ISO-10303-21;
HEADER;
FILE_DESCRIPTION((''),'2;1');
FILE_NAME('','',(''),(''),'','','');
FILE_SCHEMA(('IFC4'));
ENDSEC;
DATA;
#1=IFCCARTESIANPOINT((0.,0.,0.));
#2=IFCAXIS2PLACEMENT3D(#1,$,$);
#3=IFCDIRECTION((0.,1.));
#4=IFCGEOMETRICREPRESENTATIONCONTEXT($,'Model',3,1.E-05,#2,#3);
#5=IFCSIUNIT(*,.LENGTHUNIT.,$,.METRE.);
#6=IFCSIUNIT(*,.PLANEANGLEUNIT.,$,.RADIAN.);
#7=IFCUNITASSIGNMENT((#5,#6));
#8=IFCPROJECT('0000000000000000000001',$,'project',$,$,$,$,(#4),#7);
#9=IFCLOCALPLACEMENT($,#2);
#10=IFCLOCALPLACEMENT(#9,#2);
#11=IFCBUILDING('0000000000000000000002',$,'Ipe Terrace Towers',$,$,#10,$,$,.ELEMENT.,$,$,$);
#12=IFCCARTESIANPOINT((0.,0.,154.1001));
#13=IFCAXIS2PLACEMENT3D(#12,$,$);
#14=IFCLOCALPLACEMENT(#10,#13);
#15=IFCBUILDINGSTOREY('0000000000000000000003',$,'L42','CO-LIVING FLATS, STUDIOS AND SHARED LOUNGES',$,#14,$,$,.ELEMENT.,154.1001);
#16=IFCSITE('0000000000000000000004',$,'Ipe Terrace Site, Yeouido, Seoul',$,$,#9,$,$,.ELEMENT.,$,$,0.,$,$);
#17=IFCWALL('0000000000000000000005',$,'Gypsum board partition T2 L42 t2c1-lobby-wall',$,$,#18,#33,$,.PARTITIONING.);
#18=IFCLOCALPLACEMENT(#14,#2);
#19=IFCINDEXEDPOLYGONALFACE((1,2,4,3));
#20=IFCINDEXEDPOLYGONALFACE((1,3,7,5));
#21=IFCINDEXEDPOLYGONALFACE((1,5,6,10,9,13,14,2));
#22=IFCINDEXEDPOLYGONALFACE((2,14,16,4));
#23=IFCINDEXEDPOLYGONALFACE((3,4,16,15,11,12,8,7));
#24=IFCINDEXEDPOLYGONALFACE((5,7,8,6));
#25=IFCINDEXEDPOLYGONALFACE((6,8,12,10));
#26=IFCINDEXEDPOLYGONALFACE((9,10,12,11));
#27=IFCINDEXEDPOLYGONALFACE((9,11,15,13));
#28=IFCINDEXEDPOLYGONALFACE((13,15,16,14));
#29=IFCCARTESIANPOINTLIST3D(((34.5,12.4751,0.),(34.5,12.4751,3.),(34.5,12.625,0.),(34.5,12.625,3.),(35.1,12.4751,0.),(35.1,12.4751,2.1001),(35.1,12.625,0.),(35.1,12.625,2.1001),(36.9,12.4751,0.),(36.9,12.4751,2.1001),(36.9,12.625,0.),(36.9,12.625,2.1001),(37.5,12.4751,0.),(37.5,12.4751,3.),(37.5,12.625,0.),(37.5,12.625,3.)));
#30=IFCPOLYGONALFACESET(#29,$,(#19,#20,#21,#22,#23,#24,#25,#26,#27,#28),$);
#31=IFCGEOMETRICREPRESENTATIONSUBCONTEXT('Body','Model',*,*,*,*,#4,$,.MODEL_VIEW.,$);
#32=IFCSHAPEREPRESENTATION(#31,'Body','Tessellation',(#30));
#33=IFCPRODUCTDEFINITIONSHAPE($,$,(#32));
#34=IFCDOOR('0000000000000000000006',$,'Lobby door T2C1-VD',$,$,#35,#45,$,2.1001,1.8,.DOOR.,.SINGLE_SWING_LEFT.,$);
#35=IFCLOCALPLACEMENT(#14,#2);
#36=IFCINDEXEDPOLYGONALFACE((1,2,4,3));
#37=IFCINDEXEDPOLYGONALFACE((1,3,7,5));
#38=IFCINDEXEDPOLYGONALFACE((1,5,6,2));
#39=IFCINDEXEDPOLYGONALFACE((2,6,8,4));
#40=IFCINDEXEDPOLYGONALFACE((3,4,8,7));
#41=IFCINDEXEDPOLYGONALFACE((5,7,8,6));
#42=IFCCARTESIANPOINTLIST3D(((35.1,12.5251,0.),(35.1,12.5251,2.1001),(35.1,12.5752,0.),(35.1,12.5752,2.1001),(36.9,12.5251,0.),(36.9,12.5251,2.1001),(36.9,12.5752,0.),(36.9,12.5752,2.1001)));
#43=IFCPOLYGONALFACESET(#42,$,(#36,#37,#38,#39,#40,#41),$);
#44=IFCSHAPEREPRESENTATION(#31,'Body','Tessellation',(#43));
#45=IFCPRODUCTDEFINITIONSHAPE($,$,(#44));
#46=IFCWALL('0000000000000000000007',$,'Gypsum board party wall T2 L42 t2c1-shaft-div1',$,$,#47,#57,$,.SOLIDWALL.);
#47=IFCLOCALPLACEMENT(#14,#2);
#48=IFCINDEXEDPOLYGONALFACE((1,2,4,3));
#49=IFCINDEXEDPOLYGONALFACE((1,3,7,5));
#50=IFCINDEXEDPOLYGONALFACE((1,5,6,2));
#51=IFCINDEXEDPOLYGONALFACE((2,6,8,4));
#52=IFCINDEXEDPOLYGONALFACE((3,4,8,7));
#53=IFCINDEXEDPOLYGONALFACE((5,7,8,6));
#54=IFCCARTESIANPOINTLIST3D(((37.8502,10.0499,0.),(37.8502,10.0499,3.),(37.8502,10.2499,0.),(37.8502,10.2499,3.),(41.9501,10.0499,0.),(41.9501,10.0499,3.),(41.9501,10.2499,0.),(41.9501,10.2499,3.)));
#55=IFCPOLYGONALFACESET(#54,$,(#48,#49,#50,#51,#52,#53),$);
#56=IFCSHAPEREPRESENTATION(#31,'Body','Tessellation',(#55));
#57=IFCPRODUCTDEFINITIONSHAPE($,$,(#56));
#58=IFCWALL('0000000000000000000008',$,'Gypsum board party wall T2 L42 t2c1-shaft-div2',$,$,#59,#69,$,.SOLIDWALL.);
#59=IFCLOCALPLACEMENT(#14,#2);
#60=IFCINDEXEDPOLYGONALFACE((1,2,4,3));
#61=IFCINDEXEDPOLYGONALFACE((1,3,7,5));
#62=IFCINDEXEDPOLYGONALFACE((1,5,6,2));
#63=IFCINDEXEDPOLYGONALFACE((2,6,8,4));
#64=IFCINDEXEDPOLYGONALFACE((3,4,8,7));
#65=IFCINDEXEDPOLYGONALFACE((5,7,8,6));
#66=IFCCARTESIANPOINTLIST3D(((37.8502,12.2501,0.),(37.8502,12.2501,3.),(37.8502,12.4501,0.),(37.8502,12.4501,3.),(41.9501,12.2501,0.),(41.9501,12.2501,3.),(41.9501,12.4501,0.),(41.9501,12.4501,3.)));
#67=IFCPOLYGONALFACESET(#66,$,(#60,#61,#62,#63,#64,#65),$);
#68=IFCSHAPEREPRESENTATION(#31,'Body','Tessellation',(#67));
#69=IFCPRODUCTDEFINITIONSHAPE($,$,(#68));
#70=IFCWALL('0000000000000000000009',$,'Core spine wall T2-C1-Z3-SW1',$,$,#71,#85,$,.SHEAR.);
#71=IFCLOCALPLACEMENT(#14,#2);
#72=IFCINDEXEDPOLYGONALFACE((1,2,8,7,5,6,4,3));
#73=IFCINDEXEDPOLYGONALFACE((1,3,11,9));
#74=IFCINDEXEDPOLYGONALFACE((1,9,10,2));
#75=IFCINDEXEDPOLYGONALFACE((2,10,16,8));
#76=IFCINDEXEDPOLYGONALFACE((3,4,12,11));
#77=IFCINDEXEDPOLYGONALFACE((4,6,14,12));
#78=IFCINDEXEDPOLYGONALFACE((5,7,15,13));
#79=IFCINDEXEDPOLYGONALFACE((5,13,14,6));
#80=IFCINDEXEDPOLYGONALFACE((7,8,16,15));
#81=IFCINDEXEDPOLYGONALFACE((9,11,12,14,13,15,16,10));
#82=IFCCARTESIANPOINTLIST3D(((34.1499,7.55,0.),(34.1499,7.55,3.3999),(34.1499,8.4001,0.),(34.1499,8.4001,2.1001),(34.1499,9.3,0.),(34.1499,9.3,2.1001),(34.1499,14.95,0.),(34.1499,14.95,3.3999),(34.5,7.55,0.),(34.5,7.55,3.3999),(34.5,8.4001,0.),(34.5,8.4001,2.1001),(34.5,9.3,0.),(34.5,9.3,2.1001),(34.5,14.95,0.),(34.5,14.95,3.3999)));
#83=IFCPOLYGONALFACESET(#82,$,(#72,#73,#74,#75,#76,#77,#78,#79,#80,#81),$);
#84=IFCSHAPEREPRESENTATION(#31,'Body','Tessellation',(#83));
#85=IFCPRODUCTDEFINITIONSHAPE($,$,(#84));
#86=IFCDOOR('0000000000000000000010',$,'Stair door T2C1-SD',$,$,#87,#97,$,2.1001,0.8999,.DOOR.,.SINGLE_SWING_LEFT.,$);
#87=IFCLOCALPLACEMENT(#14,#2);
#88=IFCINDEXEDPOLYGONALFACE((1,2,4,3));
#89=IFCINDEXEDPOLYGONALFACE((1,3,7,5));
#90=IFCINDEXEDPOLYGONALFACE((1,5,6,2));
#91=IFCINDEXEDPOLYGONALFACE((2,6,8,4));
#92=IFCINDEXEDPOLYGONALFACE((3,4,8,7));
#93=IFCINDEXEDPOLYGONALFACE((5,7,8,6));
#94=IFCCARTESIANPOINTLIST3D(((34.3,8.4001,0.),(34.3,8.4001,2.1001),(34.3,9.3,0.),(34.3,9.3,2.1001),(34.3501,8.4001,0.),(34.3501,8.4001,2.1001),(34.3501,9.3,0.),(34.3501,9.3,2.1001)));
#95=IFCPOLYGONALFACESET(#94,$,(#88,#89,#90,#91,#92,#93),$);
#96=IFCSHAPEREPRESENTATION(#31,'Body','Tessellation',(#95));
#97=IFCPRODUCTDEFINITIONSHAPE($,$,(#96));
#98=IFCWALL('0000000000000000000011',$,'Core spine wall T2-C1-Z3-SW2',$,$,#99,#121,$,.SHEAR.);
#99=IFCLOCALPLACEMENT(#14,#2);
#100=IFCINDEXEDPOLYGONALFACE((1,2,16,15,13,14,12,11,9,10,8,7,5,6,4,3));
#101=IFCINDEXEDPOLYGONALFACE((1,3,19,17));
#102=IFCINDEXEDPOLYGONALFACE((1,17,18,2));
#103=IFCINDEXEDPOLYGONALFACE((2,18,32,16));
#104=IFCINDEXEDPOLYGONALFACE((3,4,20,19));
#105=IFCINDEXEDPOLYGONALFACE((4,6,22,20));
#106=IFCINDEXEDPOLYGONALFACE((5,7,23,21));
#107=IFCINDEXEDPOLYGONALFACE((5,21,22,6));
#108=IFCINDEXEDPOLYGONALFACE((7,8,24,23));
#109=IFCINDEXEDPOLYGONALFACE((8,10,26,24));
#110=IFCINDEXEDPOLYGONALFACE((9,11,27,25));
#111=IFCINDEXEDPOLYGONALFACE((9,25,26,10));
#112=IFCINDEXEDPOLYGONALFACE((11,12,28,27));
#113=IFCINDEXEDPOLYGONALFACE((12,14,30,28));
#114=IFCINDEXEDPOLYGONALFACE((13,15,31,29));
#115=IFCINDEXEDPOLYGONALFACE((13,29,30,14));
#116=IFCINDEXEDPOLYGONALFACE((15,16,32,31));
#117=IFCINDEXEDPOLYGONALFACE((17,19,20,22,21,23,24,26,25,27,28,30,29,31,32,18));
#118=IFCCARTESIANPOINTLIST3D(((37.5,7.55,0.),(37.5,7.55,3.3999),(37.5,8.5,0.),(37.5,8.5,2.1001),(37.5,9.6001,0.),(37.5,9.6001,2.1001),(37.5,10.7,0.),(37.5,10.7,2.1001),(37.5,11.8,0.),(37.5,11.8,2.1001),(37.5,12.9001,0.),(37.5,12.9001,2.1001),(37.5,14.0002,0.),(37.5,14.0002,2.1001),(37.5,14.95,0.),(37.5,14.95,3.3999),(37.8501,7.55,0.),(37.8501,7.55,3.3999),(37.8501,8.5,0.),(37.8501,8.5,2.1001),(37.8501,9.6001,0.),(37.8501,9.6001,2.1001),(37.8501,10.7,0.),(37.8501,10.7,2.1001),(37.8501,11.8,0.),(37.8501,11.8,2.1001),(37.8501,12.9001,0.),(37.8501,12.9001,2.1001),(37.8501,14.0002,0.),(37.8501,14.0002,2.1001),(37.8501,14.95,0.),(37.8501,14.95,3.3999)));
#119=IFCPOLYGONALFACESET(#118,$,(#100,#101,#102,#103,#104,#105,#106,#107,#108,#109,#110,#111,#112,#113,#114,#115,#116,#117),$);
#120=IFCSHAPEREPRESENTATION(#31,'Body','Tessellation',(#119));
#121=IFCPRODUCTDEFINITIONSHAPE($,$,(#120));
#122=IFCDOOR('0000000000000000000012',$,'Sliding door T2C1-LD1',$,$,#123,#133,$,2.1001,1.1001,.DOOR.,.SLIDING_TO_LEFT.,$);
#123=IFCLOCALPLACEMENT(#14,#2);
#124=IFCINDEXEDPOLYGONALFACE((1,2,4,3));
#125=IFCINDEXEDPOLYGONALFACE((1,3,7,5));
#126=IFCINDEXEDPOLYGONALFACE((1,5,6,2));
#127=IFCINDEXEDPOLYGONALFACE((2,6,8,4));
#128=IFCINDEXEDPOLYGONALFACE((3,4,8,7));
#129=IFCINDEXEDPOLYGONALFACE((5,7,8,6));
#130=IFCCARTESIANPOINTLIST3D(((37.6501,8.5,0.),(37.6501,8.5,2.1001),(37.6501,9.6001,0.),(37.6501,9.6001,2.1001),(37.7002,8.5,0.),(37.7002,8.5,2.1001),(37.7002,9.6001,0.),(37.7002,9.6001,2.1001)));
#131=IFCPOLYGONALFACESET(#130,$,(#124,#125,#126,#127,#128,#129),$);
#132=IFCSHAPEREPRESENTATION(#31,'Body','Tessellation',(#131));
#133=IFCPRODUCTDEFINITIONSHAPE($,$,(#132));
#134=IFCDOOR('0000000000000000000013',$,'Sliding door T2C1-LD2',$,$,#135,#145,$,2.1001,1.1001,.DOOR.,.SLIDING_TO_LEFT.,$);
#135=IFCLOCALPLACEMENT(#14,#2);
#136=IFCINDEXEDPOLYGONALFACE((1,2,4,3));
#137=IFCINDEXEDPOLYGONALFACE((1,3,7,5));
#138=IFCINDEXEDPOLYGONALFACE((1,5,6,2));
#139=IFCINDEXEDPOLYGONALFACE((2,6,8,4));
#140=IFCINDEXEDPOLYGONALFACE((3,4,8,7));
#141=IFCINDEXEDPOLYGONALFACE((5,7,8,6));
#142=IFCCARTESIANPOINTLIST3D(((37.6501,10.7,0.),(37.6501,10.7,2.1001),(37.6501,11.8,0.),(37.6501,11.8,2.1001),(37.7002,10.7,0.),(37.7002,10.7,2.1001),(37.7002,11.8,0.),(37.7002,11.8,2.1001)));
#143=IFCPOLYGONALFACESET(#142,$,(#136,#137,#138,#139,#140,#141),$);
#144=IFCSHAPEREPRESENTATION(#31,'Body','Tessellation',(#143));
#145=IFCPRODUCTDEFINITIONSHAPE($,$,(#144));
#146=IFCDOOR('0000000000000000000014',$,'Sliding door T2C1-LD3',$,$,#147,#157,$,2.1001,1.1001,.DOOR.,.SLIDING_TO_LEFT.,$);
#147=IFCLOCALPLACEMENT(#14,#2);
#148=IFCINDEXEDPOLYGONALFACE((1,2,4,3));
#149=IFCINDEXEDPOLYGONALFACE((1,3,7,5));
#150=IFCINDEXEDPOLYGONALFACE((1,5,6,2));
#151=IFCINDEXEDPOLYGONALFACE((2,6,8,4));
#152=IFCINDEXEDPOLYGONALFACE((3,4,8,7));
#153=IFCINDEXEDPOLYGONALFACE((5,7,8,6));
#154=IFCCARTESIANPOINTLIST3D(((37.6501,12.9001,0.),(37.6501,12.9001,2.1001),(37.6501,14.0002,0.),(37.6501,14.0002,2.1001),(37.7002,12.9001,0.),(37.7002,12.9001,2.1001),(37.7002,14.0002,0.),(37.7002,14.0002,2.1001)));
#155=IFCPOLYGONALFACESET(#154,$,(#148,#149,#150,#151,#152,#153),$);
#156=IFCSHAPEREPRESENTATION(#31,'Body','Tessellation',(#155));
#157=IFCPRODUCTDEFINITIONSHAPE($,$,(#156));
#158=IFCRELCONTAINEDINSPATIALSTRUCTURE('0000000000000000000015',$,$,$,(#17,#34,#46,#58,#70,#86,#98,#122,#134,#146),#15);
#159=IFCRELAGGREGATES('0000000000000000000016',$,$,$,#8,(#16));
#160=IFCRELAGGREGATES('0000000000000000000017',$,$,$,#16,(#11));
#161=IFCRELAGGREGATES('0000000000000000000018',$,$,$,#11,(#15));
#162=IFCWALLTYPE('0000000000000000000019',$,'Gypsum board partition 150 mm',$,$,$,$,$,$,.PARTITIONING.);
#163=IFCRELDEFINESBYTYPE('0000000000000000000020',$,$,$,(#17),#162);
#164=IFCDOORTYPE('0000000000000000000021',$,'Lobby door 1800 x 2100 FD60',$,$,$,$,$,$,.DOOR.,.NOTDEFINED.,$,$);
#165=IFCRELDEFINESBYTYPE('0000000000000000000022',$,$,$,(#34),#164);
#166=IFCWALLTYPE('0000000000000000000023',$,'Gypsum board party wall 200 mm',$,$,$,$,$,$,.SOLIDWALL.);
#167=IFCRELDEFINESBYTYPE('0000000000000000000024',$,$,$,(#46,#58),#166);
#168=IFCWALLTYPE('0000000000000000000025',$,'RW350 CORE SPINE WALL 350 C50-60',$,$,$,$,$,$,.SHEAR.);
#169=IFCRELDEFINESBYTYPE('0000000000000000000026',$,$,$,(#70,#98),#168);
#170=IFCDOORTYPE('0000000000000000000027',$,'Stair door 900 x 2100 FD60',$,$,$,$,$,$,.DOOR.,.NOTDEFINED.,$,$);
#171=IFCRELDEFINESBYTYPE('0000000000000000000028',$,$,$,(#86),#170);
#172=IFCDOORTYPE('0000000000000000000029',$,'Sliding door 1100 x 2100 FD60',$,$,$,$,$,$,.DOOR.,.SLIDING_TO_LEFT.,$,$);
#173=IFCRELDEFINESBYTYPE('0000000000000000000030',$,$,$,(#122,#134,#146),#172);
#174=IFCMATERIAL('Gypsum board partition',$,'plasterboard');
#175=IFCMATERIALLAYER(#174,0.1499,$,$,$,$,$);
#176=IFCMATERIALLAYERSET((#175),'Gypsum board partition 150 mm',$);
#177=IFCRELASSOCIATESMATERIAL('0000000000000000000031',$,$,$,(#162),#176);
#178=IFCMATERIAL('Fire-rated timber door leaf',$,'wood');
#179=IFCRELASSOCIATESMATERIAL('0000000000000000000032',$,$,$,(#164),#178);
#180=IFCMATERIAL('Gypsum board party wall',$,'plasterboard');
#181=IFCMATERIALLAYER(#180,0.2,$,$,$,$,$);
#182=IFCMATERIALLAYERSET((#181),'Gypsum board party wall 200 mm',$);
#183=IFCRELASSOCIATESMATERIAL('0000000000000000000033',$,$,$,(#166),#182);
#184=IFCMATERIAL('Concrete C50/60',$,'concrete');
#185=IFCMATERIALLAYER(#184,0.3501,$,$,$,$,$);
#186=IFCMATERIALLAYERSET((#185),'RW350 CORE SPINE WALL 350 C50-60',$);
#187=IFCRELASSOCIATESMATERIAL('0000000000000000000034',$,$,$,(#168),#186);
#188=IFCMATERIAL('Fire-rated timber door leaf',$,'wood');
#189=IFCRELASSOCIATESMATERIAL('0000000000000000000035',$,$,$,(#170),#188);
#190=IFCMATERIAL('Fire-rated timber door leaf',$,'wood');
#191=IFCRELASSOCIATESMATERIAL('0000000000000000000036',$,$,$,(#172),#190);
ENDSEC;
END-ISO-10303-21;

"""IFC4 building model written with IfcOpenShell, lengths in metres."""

from ifc_helpers import new_model, si_unit, direction, frame, frame_2d, origin, place, context, subcontext, project, spatial, rectangle, extrude, material, layer, layer_set, type_object, element, fill, save


model = new_model("IFC4")

# Units and contexts
model_context = context("Model", 3, precision=1e-05, world=origin(), true_north=direction((0.0, 1.0)))
body_context = subcontext(model_context, "Body", "Model", "MODEL_VIEW")
ifc_project = project(units=[si_unit("LENGTHUNIT", "METRE"), si_unit("PLANEANGLEUNIT", "RADIAN")], contexts=[model_context])

# Site, building, storey
site_placement = place(None, origin())
site = spatial("IfcSite", under=ifc_project, at=site_placement, Name="Ipe Terrace Site, Yeouido, Seoul", CompositionType="ELEMENT", RefElevation=0.0)
building_placement = place(site_placement, origin())
building = spatial("IfcBuilding", under=site, at=building_placement, Name="Ipe Terrace Towers", CompositionType="ELEMENT")
storey_placement = place(building_placement, frame((0.0, 0.0, 154.1001)))
storey = spatial("IfcBuildingStorey", under=building, at=storey_placement, Name="L42", Description="CO-LIVING FLATS, STUDIOS AND SHARED LOUNGES", CompositionType="ELEMENT", Elevation=154.1001)

# Wall, opening, door
ifc_material_1 = material(Name="Gypsum board partition", Category="plasterboard")
ifc_layer_1 = layer(ifc_material_1, 0.1499)
ifc_layer_set_1 = layer_set([ifc_layer_1], Name="Gypsum board partition 150 mm")
wall_type_1 = type_object("IfcWallType", Name="Gypsum board partition 150 mm", PredefinedType="PARTITIONING", material=ifc_layer_set_1)
wall_1_placement = place(storey_placement, frame((37.5, 12.55, 0.0), z_axis=(0.0, 0.0, 1.0), x_axis=(-1.0, 0.0, 0.0)))
wall_1 = element("IfcWall", 1, at=wall_1_placement, inside=storey, type_object=wall_type_1, Name="Gypsum board partition T2 L42 t2c1-lobby-wall", PredefinedType="PARTITIONING", context=body_context, shape_type="SweptSolid", body=[
    extrude(rectangle(XDim=3.0, YDim=0.1499, at=frame_2d((1.5, 0.0))), origin(), (0.0, 0.0, 1.0), 3.0),
])
opening_1_placement = place(wall_1_placement, frame((0.6001, 0.0, 0.0)))
opening_1 = element("IfcOpeningElement", 2, at=opening_1_placement, cuts=wall_1, PredefinedType="OPENING", context=body_context, shape_type="SweptSolid", body=[
    extrude(rectangle(XDim=1.8, YDim=2.1001, at=frame_2d((0.8999, 1.05))), frame((0.0, 0.085, 0.0), z_axis=(0.0, -1.0, 0.0), x_axis=(1.0, 0.0, 0.0)), (0.0, 0.0, 1.0), 0.1699),
])
ifc_material_2 = material(Name="Fire-rated timber door leaf", Category="wood")
door_type_1 = type_object("IfcDoorType", Name="Lobby door 1800 x 2100 FD60", OperationType="NOTDEFINED", PredefinedType="DOOR", material=ifc_material_2)
door_1_placement = place(opening_1_placement, origin())
door_1 = element("IfcDoor", 3, at=door_1_placement, inside=storey, type_object=door_type_1, Name="Lobby door T2C1-VD", OperationType="SINGLE_SWING_LEFT", OverallHeight=2.1001, OverallWidth=1.8, PredefinedType="DOOR", context=body_context, shape_type="SweptSolid", body=[
    extrude(rectangle(XDim=1.8, YDim=2.1001, at=frame_2d((0.8999, 1.05))), frame((0.0, 0.0249, 0.0), z_axis=(0.0, -1.0, 0.0), x_axis=(1.0, 0.0, 0.0)), (0.0, 0.0, 1.0), 0.05),
])
fill(opening_1, door_1)

# Walls
ifc_material_3 = material(Name="Gypsum board party wall", Category="plasterboard")
ifc_layer_2 = layer(ifc_material_3, 0.2)
ifc_layer_set_2 = layer_set([ifc_layer_2], Name="Gypsum board party wall 200 mm")
wall_type_2 = type_object("IfcWallType", Name="Gypsum board party wall 200 mm", PredefinedType="SOLIDWALL", material=ifc_layer_set_2)
for number, where, z_axis, x_axis, name in (
    (4, (41.95, 10.1499, 0.0), (0.0, 0.0, 1.0), (-1.0, 0.0, 0.0), "Gypsum board party wall T2 L42 t2c1-shaft-div1"),
    (5, (41.95, 12.3501, 0.0), (0.0, 0.0, 1.0), (-1.0, 0.0, 0.0), "Gypsum board party wall T2 L42 t2c1-shaft-div2"),
):
    element("IfcWall", number, at=place(storey_placement, frame(where, z_axis=z_axis, x_axis=x_axis)), inside=storey, type_object=wall_type_2, Name=name, PredefinedType="SOLIDWALL", context=body_context, shape_type="SweptSolid", body=[
        extrude(rectangle(XDim=4.0999, YDim=0.2, at=frame_2d((2.0498, 0.0))), origin(), (0.0, 0.0, 1.0), 3.0),
    ])

# Wall, opening, door
ifc_material_4 = material(Name="Concrete C50/60", Category="concrete")
ifc_layer_3 = layer(ifc_material_4, 0.3501)
ifc_layer_set_3 = layer_set([ifc_layer_3], Name="RW350 CORE SPINE WALL 350 C50-60")
wall_type_3 = type_object("IfcWallType", Name="RW350 CORE SPINE WALL 350 C50-60", PredefinedType="SHEAR", material=ifc_layer_set_3)
wall_2_placement = place(storey_placement, frame((34.325, 7.55, 0.0), z_axis=(0.0, 0.0, 1.0), x_axis=(0.0, 1.0, 0.0)))
wall_2 = element("IfcWall", 6, at=wall_2_placement, inside=storey, type_object=wall_type_3, Name="Core spine wall T2-C1-Z3-SW1", PredefinedType="SHEAR", context=body_context, shape_type="SweptSolid", body=[
    extrude(rectangle(XDim=7.3999, YDim=0.3501, at=frame_2d((3.7, 0.0))), origin(), (0.0, 0.0, 1.0), 3.3999),
])
opening_2_placement = place(wall_2_placement, frame((0.8501, 0.0, 0.0)))
opening_2 = element("IfcOpeningElement", 7, at=opening_2_placement, cuts=wall_2, PredefinedType="OPENING", context=body_context, shape_type="SweptSolid", body=[
    extrude(rectangle(XDim=0.8999, YDim=2.1001, at=frame_2d((0.45, 1.05))), frame((0.0, 0.1851, 0.0), z_axis=(0.0, -1.0, 0.0), x_axis=(1.0, 0.0, 0.0)), (0.0, 0.0, 1.0), 0.3701),
])
ifc_material_5 = material(Name="Fire-rated timber door leaf", Category="wood")
door_type_2 = type_object("IfcDoorType", Name="Stair door 900 x 2100 FD60", OperationType="NOTDEFINED", PredefinedType="DOOR", material=ifc_material_5)
door_2_placement = place(opening_2_placement, origin())
door_2 = element("IfcDoor", 8, at=door_2_placement, inside=storey, type_object=door_type_2, Name="Stair door T2C1-SD", OperationType="SINGLE_SWING_LEFT", OverallHeight=2.1001, OverallWidth=0.8999, PredefinedType="DOOR", context=body_context, shape_type="SweptSolid", body=[
    extrude(rectangle(XDim=0.8999, YDim=2.1001, at=frame_2d((0.45, 1.05))), frame((0.0, 0.0249, 0.0), z_axis=(0.0, -1.0, 0.0), x_axis=(1.0, 0.0, 0.0)), (0.0, 0.0, 1.0), 0.05),
])
fill(opening_2, door_2)

# Wall, openings, doors
wall_3_placement = place(storey_placement, frame((37.675, 7.55, 0.0), z_axis=(0.0, 0.0, 1.0), x_axis=(0.0, 1.0, 0.0)))
wall_3 = element("IfcWall", 9, at=wall_3_placement, inside=storey, type_object=wall_type_3, Name="Core spine wall T2-C1-Z3-SW2", PredefinedType="SHEAR", context=body_context, shape_type="SweptSolid", body=[
    extrude(rectangle(XDim=7.3999, YDim=0.3501, at=frame_2d((3.7, 0.0))), origin(), (0.0, 0.0, 1.0), 3.3999),
])
opening_3_placement = place(wall_3_placement, frame((0.95, 0.0, 0.0)))
opening_3 = element("IfcOpeningElement", 10, at=opening_3_placement, cuts=wall_3, PredefinedType="OPENING", context=body_context, shape_type="SweptSolid", body=[
    extrude(rectangle(XDim=1.1001, YDim=2.1001, at=frame_2d((0.55, 1.05))), frame((0.0, 0.1851, 0.0), z_axis=(0.0, -1.0, 0.0), x_axis=(1.0, 0.0, 0.0)), (0.0, 0.0, 1.0), 0.3701),
])
opening_4_placement = place(wall_3_placement, frame((3.1499, 0.0, 0.0)))
opening_4 = element("IfcOpeningElement", 11, at=opening_4_placement, cuts=wall_3, PredefinedType="OPENING", context=body_context, shape_type="SweptSolid", body=[
    extrude(rectangle(XDim=1.1001, YDim=2.1001, at=frame_2d((0.55, 1.05))), frame((0.0, 0.1851, 0.0), z_axis=(0.0, -1.0, 0.0), x_axis=(1.0, 0.0, 0.0)), (0.0, 0.0, 1.0), 0.3701),
])
opening_5_placement = place(wall_3_placement, frame((5.3501, 0.0, 0.0)))
opening_5 = element("IfcOpeningElement", 12, at=opening_5_placement, cuts=wall_3, PredefinedType="OPENING", context=body_context, shape_type="SweptSolid", body=[
    extrude(rectangle(XDim=1.1001, YDim=2.1001, at=frame_2d((0.55, 1.05))), frame((0.0, 0.1851, 0.0), z_axis=(0.0, -1.0, 0.0), x_axis=(1.0, 0.0, 0.0)), (0.0, 0.0, 1.0), 0.3701),
])
ifc_material_6 = material(Name="Fire-rated timber door leaf", Category="wood")
door_type_3 = type_object("IfcDoorType", Name="Sliding door 1100 x 2100 FD60", OperationType="SLIDING_TO_LEFT", PredefinedType="DOOR", material=ifc_material_6)
door_3_placement = place(opening_3_placement, origin())
door_3 = element("IfcDoor", 13, at=door_3_placement, inside=storey, type_object=door_type_3, Name="Sliding door T2C1-LD1", OperationType="SLIDING_TO_LEFT", OverallHeight=2.1001, OverallWidth=1.1001, PredefinedType="DOOR", context=body_context, shape_type="SweptSolid", body=[
    extrude(rectangle(XDim=1.1001, YDim=2.1001, at=frame_2d((0.55, 1.05))), frame((0.0, 0.0249, 0.0), z_axis=(0.0, -1.0, 0.0), x_axis=(1.0, 0.0, 0.0)), (0.0, 0.0, 1.0), 0.05),
])
fill(opening_3, door_3)
door_4_placement = place(opening_4_placement, origin())
door_4 = element("IfcDoor", 14, at=door_4_placement, inside=storey, type_object=door_type_3, Name="Sliding door T2C1-LD2", OperationType="SLIDING_TO_LEFT", OverallHeight=2.1001, OverallWidth=1.1001, PredefinedType="DOOR", context=body_context, shape_type="SweptSolid", body=[
    extrude(rectangle(XDim=1.1001, YDim=2.1001, at=frame_2d((0.55, 1.05))), frame((0.0, 0.0249, 0.0), z_axis=(0.0, -1.0, 0.0), x_axis=(1.0, 0.0, 0.0)), (0.0, 0.0, 1.0), 0.05),
])
fill(opening_4, door_4)
door_5_placement = place(opening_5_placement, origin())
door_5 = element("IfcDoor", 15, at=door_5_placement, inside=storey, type_object=door_type_3, Name="Sliding door T2C1-LD3", OperationType="SLIDING_TO_LEFT", OverallHeight=2.1001, OverallWidth=1.1001, PredefinedType="DOOR", context=body_context, shape_type="SweptSolid", body=[
    extrude(rectangle(XDim=1.1001, YDim=2.1001, at=frame_2d((0.55, 1.05))), frame((0.0, 0.0249, 0.0), z_axis=(0.0, -1.0, 0.0), x_axis=(1.0, 0.0, 0.0)), (0.0, 0.0, 1.0), 0.05),
])
fill(opening_5, door_5)

save(model, "model.ifc")
